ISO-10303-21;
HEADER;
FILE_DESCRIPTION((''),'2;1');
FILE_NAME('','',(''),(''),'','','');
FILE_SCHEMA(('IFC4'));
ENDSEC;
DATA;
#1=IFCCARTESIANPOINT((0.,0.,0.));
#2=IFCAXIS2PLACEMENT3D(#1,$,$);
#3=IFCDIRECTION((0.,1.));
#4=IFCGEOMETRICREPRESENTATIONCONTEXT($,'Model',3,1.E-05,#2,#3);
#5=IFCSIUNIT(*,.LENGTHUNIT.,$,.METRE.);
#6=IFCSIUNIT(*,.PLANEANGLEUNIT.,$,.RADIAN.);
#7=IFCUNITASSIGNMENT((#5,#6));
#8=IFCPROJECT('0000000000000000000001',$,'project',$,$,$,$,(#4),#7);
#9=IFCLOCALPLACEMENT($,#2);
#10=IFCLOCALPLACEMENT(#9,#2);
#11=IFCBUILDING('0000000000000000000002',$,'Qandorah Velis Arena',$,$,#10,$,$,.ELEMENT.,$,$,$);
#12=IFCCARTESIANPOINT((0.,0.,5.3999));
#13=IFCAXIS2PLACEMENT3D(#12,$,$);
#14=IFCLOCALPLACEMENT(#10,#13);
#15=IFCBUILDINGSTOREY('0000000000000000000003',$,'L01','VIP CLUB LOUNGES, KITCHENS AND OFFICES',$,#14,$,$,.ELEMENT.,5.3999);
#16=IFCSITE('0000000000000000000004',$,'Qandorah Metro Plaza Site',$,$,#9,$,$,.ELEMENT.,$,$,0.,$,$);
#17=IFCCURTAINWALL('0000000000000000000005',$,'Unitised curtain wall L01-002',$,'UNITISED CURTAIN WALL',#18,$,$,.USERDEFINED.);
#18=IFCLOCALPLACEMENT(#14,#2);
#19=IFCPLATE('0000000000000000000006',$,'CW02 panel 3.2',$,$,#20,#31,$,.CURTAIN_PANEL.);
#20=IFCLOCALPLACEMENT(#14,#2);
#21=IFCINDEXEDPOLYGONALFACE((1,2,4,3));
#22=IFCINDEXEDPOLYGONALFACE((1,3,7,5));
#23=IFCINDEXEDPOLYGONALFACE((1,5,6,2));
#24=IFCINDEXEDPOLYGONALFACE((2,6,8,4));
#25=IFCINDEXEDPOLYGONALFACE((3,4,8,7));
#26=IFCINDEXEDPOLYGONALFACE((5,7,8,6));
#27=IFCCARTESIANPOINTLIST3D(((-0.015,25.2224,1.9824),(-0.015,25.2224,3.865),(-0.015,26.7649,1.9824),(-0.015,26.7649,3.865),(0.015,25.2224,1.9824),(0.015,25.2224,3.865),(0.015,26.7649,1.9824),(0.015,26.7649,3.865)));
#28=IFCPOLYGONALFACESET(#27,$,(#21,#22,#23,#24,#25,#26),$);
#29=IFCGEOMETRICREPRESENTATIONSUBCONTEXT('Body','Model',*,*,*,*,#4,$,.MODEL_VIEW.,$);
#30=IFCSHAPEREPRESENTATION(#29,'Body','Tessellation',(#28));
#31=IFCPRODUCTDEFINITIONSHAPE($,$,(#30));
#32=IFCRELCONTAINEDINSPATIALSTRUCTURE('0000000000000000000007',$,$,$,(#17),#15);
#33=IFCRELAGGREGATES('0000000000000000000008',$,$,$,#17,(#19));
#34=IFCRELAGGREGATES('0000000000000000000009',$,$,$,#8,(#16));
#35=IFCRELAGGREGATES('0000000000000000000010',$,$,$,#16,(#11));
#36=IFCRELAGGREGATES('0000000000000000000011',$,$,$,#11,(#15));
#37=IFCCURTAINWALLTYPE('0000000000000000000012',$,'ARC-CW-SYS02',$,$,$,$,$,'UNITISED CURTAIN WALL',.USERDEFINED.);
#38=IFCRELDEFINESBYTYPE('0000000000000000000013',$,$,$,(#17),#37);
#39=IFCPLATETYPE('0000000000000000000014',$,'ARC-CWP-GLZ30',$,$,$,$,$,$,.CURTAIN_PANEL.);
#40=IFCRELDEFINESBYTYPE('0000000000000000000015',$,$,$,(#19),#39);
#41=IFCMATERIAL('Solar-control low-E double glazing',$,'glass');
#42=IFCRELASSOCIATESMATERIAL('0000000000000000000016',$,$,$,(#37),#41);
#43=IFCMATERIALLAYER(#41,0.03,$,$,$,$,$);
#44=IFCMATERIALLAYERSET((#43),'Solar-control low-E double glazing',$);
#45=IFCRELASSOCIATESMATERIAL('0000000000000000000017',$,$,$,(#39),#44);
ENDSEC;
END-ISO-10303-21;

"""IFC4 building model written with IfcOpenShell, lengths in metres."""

from ifc_helpers import new_model, si_unit, direction, frame, origin, origin_2d, place, context, subcontext, project, spatial, rectangle, extrude, material, layer, layer_set, type_object, element, aggregate, save


model = new_model("IFC4")

# Units and contexts
model_context = context("Model", 3, precision=1e-05, world=origin(), true_north=direction((0.0, 1.0)))
body_context = subcontext(model_context, "Body", "Model", "MODEL_VIEW")
ifc_project = project(units=[si_unit("LENGTHUNIT", "METRE"), si_unit("PLANEANGLEUNIT", "RADIAN")], contexts=[model_context])

# Site, building, storey
site_placement = place(None, origin())
site = spatial("IfcSite", under=ifc_project, at=site_placement, Name="Qandorah Metro Plaza Site", CompositionType="ELEMENT", RefElevation=0.0)
building_placement = place(site_placement, origin())
building = spatial("IfcBuilding", under=site, at=building_placement, Name="Qandorah Velis Arena", CompositionType="ELEMENT")
storey_placement = place(building_placement, frame((0.0, 0.0, 5.3999)))
storey = spatial("IfcBuildingStorey", under=building, at=storey_placement, Name="L01", Description="VIP CLUB LOUNGES, KITCHENS AND OFFICES", CompositionType="ELEMENT", Elevation=5.3999)

# Curtain wall
ifc_material_1 = material(Name="Solar-control low-E double glazing", Category="glass")
curtain_wall_type = type_object("IfcCurtainWallType", Name="ARC-CW-SYS02", ElementType="UNITISED CURTAIN WALL", PredefinedType="USERDEFINED", material=ifc_material_1)
curtain_wall_placement = place(storey_placement, origin())
curtain_wall = element("IfcCurtainWall", 1, at=curtain_wall_placement, inside=storey, type_object=curtain_wall_type, Name="Unitised curtain wall L01-002", ObjectType="UNITISED CURTAIN WALL", PredefinedType="USERDEFINED")

# Plate
ifc_layer = layer(ifc_material_1, 0.03)
ifc_layer_set = layer_set([ifc_layer], Name="Solar-control low-E double glazing")
plate_type = type_object("IfcPlateType", Name="ARC-CWP-GLZ30", PredefinedType="CURTAIN_PANEL", material=ifc_layer_set)
plate_1_placement = place(storey_placement, frame((0.0, 25.9937, 1.9824), z_axis=(0.0, 0.0, 1.0), x_axis=(0.0, 1.0, 0.0)))
plate_1 = element("IfcPlate", 2, at=plate_1_placement, type_object=plate_type, Name="CW02 panel 3.2", PredefinedType="CURTAIN_PANEL", context=body_context, shape_type="SweptSolid", body=[
    extrude(rectangle(XDim=1.5425, YDim=0.03, at=origin_2d()), origin(), (0.0, 0.0, 1.0), 1.8826),
])
aggregate(curtain_wall, [plate_1])

save(model, "model.ifc")
